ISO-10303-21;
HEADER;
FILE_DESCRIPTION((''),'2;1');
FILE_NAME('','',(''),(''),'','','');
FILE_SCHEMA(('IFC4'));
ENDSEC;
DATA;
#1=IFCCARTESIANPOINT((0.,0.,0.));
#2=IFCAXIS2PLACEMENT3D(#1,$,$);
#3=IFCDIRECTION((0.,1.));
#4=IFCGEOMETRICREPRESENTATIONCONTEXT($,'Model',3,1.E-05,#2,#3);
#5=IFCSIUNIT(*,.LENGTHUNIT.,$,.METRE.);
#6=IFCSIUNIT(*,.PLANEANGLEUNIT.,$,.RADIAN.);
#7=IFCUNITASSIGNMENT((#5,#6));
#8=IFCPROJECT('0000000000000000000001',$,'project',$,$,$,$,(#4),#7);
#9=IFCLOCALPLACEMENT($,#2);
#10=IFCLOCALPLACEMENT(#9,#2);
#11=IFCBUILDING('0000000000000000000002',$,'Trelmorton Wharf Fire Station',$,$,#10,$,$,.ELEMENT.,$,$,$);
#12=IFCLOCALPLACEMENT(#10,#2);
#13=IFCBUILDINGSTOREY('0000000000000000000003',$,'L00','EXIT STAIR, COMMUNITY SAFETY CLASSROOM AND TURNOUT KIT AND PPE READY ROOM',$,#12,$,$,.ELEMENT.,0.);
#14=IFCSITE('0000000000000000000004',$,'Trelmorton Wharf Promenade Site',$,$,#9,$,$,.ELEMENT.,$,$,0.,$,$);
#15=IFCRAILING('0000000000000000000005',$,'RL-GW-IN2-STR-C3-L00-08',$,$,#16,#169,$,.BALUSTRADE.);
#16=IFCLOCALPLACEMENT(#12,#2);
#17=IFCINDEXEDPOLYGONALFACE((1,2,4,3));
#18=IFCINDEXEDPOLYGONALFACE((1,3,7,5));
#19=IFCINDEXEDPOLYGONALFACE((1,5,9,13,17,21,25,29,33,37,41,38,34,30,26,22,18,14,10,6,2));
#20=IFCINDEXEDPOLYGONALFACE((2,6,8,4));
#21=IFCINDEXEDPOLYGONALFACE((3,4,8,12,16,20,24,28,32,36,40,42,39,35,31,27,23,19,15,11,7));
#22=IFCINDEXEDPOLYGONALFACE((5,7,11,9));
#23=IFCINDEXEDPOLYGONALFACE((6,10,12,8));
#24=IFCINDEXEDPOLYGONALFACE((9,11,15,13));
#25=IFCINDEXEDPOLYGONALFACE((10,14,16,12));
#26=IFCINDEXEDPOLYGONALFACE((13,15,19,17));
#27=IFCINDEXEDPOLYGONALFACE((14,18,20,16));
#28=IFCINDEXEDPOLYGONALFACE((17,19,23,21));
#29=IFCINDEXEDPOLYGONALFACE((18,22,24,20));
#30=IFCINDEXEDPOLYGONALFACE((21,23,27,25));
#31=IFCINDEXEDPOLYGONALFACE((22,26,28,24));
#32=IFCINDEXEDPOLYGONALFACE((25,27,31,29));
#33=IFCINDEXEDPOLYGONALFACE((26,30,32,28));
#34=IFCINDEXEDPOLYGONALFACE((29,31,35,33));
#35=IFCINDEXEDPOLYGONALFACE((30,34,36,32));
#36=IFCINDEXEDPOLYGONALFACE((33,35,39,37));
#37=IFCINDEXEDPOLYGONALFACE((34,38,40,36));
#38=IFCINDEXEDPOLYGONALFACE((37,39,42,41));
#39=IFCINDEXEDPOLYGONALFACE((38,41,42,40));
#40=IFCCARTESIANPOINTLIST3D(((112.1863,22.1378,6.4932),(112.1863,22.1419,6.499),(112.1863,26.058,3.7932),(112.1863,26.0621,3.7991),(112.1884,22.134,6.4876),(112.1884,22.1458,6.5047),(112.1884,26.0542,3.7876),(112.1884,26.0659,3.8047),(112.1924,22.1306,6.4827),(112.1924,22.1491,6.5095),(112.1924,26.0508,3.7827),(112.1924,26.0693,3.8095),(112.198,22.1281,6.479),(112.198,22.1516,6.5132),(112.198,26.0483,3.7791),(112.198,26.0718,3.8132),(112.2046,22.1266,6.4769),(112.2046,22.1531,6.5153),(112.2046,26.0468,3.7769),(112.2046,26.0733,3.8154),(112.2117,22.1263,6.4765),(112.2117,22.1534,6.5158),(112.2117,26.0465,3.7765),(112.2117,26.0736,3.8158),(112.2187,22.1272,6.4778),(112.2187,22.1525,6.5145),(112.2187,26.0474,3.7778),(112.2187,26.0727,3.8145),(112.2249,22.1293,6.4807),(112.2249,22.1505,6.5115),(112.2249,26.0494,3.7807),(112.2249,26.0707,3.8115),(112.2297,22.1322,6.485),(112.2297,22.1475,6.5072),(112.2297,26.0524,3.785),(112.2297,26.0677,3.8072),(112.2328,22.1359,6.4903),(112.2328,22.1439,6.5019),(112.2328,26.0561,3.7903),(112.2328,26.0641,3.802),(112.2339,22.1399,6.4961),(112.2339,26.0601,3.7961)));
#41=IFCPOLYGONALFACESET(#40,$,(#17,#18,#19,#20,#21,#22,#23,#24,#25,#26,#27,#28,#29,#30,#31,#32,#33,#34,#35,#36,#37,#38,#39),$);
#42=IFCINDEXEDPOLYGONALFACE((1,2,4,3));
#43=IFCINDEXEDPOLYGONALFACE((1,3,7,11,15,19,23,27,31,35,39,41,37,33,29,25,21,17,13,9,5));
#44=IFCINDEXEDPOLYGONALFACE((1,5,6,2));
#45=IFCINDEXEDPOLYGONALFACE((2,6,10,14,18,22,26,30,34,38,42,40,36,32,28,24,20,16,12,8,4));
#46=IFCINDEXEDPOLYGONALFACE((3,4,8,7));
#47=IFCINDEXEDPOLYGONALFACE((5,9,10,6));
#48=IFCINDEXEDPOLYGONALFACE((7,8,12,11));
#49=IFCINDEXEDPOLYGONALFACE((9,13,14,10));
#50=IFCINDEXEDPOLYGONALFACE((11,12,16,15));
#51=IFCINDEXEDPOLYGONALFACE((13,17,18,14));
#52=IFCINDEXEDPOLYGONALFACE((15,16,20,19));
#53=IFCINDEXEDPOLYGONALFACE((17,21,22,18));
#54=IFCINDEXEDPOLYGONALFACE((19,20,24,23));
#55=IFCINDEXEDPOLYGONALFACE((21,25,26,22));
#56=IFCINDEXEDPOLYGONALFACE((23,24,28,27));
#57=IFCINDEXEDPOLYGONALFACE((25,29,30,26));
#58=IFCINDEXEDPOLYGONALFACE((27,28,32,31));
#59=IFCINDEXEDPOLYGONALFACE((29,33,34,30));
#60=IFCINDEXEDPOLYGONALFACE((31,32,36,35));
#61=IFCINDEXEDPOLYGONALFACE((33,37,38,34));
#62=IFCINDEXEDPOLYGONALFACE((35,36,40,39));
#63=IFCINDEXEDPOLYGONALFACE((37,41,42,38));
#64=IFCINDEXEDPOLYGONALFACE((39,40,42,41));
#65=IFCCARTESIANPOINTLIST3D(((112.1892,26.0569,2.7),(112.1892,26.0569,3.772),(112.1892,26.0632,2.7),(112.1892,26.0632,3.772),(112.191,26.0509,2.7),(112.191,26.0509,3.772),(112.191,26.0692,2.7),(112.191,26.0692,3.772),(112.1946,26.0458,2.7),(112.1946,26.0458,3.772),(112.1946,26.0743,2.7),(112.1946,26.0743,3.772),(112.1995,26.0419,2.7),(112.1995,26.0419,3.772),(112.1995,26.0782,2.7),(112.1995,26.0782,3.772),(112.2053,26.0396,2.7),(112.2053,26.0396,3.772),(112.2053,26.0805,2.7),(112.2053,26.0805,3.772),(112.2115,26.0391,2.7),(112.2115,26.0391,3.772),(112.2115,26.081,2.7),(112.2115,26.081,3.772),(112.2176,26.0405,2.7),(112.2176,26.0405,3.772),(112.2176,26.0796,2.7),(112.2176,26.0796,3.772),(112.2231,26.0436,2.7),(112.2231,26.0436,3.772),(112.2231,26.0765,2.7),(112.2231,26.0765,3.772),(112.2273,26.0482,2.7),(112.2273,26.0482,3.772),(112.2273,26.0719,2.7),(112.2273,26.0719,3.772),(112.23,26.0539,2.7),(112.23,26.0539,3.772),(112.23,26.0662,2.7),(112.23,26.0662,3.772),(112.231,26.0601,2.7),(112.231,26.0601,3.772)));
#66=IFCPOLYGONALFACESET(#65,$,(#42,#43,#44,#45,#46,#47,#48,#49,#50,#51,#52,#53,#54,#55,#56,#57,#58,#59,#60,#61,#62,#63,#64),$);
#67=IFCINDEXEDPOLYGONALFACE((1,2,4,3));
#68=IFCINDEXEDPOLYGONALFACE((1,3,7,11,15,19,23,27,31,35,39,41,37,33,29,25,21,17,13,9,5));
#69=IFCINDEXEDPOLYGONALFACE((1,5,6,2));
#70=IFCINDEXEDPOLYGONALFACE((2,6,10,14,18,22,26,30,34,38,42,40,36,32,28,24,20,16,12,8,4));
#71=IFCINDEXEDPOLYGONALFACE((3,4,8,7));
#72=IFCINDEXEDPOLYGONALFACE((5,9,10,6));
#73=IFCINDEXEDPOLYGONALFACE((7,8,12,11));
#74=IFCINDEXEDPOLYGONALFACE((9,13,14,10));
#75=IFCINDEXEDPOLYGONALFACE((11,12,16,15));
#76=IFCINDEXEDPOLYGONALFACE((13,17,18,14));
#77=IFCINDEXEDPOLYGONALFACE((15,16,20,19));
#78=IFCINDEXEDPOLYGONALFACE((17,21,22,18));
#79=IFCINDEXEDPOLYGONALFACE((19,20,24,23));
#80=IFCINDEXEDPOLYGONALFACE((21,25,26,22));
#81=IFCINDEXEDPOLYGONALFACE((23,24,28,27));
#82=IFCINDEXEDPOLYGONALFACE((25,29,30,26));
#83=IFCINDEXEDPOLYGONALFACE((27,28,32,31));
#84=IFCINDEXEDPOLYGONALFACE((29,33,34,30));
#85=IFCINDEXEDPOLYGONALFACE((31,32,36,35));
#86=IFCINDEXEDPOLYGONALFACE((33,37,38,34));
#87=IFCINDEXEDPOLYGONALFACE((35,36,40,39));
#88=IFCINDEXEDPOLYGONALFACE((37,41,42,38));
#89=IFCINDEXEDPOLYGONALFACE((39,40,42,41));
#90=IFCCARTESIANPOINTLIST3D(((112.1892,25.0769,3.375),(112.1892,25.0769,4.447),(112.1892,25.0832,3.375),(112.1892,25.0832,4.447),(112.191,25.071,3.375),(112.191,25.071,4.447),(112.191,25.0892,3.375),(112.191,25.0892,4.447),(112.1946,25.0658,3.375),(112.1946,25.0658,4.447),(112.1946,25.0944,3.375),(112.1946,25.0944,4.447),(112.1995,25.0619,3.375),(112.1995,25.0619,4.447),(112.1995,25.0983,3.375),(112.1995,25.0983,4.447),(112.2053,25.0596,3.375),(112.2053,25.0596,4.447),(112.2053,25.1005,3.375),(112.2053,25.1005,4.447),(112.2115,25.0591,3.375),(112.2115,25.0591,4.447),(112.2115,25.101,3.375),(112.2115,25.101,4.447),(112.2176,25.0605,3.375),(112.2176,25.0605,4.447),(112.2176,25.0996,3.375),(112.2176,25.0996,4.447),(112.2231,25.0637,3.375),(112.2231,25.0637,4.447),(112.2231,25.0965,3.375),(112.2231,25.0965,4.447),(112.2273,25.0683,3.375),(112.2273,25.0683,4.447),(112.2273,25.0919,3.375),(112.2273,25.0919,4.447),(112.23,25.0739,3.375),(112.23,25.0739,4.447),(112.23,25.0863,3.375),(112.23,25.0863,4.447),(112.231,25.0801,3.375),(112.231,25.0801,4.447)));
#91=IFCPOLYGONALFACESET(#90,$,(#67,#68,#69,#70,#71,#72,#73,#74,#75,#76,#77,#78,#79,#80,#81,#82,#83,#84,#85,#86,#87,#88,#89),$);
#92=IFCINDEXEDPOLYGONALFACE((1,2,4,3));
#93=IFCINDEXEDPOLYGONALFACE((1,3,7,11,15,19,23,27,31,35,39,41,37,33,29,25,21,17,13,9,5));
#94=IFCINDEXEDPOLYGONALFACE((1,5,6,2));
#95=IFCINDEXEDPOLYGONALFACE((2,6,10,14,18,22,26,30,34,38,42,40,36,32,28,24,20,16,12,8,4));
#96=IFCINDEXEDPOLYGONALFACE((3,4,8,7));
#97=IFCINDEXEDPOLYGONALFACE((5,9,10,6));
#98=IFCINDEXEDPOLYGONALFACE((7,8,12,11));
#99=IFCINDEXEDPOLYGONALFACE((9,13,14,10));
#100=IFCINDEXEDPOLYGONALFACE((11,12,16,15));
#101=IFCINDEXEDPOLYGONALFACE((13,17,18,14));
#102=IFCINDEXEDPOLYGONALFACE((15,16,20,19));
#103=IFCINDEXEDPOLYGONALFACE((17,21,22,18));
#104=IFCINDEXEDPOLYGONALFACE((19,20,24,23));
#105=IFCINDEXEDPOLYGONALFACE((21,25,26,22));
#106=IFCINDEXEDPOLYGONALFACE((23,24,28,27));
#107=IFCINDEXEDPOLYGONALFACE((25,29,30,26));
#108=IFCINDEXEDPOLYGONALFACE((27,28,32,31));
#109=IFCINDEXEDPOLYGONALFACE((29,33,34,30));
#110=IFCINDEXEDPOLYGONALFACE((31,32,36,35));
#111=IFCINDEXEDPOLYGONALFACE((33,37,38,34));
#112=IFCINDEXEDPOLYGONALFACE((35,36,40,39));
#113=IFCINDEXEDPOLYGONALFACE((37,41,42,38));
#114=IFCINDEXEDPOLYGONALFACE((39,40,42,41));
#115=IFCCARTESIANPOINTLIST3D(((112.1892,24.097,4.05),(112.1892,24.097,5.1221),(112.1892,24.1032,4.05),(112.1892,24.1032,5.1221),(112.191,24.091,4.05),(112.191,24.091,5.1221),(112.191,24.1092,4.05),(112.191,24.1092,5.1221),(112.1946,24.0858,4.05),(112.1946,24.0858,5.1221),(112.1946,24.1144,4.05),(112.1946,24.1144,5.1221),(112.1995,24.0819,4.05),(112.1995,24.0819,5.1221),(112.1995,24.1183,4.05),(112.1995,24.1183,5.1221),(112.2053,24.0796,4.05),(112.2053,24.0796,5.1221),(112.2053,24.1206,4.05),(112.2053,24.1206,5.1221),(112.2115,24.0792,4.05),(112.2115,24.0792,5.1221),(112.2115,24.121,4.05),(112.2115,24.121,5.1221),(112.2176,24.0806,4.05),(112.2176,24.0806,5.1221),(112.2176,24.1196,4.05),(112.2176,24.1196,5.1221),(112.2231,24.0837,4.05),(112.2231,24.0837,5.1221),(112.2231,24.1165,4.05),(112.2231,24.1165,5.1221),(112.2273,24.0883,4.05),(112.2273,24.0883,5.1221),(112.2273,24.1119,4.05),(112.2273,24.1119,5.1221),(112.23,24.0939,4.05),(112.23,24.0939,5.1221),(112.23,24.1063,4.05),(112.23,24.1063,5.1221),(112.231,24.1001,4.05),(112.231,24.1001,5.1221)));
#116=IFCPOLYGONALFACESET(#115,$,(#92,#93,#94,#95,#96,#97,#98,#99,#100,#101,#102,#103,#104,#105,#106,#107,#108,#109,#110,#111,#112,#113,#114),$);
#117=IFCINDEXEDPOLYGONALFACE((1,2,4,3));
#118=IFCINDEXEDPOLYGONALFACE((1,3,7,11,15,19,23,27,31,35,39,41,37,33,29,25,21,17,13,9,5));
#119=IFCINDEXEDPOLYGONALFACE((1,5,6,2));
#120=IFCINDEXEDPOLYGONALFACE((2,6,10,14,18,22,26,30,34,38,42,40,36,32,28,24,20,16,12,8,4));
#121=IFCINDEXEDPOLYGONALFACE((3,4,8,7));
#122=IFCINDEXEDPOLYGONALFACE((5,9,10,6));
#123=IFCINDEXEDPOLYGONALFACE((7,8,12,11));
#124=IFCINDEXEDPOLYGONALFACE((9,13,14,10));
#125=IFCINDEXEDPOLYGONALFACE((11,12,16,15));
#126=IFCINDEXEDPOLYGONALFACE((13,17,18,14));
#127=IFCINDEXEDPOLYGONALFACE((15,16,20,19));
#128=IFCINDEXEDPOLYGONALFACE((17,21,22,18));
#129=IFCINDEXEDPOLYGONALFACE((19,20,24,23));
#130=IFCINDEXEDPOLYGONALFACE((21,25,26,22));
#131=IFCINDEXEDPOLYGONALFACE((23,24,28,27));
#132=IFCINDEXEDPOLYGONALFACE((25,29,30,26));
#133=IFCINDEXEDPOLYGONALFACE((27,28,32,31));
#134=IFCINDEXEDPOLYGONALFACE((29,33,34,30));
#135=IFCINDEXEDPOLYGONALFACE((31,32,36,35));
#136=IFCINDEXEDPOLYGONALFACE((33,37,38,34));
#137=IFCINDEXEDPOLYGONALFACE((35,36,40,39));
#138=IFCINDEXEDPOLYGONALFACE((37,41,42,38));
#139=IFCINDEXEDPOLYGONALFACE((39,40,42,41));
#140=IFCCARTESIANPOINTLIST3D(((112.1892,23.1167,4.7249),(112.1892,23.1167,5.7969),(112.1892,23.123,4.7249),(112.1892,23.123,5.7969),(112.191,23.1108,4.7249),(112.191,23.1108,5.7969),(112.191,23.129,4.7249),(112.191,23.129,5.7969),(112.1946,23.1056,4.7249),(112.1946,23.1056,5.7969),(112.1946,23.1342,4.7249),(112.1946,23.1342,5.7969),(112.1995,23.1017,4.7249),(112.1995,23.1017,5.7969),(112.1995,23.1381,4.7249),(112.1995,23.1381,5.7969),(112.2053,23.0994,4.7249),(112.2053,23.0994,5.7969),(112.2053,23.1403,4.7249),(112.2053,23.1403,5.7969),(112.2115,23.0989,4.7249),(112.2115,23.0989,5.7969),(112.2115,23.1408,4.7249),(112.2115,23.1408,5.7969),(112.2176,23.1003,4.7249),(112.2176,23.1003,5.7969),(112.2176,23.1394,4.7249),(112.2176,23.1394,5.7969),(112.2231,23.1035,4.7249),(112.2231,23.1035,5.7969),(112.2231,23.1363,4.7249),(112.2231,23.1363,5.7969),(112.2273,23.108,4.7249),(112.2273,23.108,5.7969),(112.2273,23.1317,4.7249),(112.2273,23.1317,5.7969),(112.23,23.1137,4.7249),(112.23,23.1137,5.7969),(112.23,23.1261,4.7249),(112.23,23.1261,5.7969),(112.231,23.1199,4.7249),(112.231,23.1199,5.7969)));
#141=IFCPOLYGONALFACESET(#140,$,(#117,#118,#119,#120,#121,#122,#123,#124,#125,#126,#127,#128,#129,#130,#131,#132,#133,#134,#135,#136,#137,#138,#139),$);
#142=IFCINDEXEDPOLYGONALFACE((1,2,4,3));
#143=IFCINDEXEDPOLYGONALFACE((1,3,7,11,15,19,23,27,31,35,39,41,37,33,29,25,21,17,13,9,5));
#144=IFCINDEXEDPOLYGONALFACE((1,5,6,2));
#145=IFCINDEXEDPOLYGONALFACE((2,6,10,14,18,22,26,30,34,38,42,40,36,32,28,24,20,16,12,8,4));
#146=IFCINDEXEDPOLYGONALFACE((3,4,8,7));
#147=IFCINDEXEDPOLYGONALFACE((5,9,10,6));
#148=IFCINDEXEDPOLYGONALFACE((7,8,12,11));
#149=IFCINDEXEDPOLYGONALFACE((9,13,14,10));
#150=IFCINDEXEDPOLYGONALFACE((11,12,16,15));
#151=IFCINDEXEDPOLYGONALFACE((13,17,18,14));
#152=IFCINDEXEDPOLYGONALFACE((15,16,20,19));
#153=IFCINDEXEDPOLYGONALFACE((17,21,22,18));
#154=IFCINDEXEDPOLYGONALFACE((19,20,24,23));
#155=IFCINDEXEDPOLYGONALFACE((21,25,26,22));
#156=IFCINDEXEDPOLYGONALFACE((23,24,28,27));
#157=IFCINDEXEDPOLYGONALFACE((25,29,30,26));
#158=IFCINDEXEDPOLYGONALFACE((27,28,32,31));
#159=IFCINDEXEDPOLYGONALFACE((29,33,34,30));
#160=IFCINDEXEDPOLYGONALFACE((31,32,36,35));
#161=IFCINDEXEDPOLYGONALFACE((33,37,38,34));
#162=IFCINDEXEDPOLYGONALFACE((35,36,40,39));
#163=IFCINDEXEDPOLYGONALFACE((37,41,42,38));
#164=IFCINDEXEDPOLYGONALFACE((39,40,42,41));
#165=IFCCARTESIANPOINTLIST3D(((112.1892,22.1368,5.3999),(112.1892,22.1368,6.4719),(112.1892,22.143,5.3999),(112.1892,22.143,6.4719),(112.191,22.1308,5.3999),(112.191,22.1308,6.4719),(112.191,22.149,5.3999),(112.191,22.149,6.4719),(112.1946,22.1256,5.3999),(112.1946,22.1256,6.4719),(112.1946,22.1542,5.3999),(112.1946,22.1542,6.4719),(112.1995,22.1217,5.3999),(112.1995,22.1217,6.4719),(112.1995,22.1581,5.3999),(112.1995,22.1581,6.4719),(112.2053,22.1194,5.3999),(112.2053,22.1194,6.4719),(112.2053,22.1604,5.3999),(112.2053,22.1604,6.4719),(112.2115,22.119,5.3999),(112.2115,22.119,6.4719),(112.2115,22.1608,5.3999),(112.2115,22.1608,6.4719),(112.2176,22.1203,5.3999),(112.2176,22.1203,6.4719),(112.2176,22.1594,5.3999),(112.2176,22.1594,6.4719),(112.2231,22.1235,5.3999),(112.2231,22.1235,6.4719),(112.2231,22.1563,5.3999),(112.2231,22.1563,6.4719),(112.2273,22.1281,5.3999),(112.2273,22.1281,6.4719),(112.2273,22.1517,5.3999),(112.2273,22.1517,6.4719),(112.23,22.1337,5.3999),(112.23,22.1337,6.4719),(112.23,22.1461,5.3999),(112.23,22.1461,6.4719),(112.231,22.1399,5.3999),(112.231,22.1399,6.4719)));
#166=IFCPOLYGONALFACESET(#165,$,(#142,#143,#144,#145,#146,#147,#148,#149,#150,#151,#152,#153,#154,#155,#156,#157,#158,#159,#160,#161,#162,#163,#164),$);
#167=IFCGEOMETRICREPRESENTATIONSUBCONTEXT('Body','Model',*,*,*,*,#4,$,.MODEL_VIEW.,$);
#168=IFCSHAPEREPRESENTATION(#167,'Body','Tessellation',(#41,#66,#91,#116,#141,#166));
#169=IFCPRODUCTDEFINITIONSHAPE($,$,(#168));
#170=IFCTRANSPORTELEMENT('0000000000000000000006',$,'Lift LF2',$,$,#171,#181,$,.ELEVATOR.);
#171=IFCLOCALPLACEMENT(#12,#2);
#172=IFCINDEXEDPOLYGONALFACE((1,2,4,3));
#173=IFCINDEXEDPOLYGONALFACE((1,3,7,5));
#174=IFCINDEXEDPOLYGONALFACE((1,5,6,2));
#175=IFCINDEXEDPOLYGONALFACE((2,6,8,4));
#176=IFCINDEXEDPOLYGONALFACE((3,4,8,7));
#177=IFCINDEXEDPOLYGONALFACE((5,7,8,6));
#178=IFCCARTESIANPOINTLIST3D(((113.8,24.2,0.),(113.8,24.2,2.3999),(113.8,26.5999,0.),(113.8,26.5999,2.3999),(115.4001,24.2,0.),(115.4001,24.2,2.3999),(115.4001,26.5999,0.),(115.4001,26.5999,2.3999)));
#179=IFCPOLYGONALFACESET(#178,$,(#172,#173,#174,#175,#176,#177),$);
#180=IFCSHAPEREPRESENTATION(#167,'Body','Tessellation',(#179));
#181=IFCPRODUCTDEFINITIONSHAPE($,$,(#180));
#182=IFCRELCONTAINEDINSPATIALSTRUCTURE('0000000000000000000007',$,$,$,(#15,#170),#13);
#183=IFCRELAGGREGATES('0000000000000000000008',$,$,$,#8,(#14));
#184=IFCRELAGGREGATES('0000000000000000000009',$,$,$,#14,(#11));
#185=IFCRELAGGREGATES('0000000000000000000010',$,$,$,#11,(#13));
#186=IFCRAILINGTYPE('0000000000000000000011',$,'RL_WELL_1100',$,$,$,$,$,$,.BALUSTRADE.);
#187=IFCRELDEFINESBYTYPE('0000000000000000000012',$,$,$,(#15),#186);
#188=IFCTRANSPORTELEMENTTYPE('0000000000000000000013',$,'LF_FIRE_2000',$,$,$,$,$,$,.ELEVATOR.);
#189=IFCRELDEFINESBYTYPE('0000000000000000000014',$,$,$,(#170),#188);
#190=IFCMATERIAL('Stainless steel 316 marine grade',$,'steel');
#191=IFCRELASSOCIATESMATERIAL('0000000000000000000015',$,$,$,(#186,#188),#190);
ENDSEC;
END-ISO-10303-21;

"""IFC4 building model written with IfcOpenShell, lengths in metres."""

from ifc_helpers import new_model, si_unit, direction, frame, origin, origin_2d, place, context, subcontext, project, spatial, rectangle, circle, extrude, material, type_object, element, save


model = new_model("IFC4")

# Units and contexts
model_context = context("Model", 3, precision=1e-05, world=origin(), true_north=direction((0.0, 1.0)))
body_context = subcontext(model_context, "Body", "Model", "MODEL_VIEW")
ifc_project = project(units=[si_unit("LENGTHUNIT", "METRE"), si_unit("PLANEANGLEUNIT", "RADIAN")], contexts=[model_context])

# Site, building, storey
site_placement = place(None, origin())
site = spatial("IfcSite", under=ifc_project, at=site_placement, Name="Trelmorton Wharf Promenade Site", CompositionType="ELEMENT", RefElevation=0.0)
building_placement = place(site_placement, origin())
building = spatial("IfcBuilding", under=site, at=building_placement, Name="Trelmorton Wharf Fire Station", CompositionType="ELEMENT")
storey_placement = place(building_placement, origin())
storey = spatial("IfcBuildingStorey", under=building, at=storey_placement, Name="L00", Description="EXIT STAIR, COMMUNITY SAFETY CLASSROOM AND TURNOUT KIT AND PPE READY ROOM", CompositionType="ELEMENT", Elevation=0.0)

# Shared definitions
ifc_material_1 = material(Name="Stainless steel 316 marine grade", Category="steel")

# Railing
railing_type = type_object("IfcRailingType", Name="RL_WELL_1100", PredefinedType="BALUSTRADE", material=ifc_material_1)
for number, where, name in (
    (1, (112.21, 26.0601, 2.7), "RL-GW-IN2-STR-C3-L00-08"),
):
    element("IfcRailing", number, at=place(storey_placement, frame(where)), inside=storey, type_object=railing_type, Name=name, PredefinedType="BALUSTRADE", context=body_context, shape_type="SweptSolid", body=[
        extrude(circle(Radius=0.0239, at=origin_2d()), frame((0.0, 0.0, 1.0962), z_axis=(0.0, -0.823567, 0.567219), x_axis=(1.0, 0.0, 0.0)), (0.0, 0.0, 1.0), 4.76),
        extrude(circle(Radius=0.021, at=origin_2d()), origin(), (0.0, 0.0, 1.0), 1.072),
        extrude(circle(Radius=0.021, at=origin_2d()), frame((0.0, -0.98, 0.675)), (0.0, 0.0, 1.0), 1.072),
        extrude(circle(Radius=0.021, at=origin_2d()), frame((0.0, -1.96, 1.3501)), (0.0, 0.0, 1.0), 1.072),
        extrude(circle(Radius=0.021, at=origin_2d()), frame((0.0, -2.9402, 2.0249)), (0.0, 0.0, 1.0), 1.072),
        extrude(circle(Radius=0.021, at=origin_2d()), frame((0.0, -3.9202, 2.7)), (0.0, 0.0, 1.0), 1.072),
    ])

# Transport element
transport_element_type = type_object("IfcTransportElementType", Name="LF_FIRE_2000", PredefinedType="ELEVATOR", material=ifc_material_1)
transport_element_placement = place(storey_placement, frame((114.6001, 25.3999, 0.0), z_axis=(0.0, 0.0, 1.0), x_axis=(1.0, 0.0, 0.0)))
element("IfcTransportElement", 2, at=transport_element_placement, inside=storey, type_object=transport_element_type, Name="Lift LF2", PredefinedType="ELEVATOR", context=body_context, shape_type="SweptSolid", body=[
    extrude(rectangle(XDim=1.6001, YDim=2.3999, at=origin_2d()), origin(), (0.0, 0.0, 1.0), 2.3999),
])

save(model, "model.ifc")
